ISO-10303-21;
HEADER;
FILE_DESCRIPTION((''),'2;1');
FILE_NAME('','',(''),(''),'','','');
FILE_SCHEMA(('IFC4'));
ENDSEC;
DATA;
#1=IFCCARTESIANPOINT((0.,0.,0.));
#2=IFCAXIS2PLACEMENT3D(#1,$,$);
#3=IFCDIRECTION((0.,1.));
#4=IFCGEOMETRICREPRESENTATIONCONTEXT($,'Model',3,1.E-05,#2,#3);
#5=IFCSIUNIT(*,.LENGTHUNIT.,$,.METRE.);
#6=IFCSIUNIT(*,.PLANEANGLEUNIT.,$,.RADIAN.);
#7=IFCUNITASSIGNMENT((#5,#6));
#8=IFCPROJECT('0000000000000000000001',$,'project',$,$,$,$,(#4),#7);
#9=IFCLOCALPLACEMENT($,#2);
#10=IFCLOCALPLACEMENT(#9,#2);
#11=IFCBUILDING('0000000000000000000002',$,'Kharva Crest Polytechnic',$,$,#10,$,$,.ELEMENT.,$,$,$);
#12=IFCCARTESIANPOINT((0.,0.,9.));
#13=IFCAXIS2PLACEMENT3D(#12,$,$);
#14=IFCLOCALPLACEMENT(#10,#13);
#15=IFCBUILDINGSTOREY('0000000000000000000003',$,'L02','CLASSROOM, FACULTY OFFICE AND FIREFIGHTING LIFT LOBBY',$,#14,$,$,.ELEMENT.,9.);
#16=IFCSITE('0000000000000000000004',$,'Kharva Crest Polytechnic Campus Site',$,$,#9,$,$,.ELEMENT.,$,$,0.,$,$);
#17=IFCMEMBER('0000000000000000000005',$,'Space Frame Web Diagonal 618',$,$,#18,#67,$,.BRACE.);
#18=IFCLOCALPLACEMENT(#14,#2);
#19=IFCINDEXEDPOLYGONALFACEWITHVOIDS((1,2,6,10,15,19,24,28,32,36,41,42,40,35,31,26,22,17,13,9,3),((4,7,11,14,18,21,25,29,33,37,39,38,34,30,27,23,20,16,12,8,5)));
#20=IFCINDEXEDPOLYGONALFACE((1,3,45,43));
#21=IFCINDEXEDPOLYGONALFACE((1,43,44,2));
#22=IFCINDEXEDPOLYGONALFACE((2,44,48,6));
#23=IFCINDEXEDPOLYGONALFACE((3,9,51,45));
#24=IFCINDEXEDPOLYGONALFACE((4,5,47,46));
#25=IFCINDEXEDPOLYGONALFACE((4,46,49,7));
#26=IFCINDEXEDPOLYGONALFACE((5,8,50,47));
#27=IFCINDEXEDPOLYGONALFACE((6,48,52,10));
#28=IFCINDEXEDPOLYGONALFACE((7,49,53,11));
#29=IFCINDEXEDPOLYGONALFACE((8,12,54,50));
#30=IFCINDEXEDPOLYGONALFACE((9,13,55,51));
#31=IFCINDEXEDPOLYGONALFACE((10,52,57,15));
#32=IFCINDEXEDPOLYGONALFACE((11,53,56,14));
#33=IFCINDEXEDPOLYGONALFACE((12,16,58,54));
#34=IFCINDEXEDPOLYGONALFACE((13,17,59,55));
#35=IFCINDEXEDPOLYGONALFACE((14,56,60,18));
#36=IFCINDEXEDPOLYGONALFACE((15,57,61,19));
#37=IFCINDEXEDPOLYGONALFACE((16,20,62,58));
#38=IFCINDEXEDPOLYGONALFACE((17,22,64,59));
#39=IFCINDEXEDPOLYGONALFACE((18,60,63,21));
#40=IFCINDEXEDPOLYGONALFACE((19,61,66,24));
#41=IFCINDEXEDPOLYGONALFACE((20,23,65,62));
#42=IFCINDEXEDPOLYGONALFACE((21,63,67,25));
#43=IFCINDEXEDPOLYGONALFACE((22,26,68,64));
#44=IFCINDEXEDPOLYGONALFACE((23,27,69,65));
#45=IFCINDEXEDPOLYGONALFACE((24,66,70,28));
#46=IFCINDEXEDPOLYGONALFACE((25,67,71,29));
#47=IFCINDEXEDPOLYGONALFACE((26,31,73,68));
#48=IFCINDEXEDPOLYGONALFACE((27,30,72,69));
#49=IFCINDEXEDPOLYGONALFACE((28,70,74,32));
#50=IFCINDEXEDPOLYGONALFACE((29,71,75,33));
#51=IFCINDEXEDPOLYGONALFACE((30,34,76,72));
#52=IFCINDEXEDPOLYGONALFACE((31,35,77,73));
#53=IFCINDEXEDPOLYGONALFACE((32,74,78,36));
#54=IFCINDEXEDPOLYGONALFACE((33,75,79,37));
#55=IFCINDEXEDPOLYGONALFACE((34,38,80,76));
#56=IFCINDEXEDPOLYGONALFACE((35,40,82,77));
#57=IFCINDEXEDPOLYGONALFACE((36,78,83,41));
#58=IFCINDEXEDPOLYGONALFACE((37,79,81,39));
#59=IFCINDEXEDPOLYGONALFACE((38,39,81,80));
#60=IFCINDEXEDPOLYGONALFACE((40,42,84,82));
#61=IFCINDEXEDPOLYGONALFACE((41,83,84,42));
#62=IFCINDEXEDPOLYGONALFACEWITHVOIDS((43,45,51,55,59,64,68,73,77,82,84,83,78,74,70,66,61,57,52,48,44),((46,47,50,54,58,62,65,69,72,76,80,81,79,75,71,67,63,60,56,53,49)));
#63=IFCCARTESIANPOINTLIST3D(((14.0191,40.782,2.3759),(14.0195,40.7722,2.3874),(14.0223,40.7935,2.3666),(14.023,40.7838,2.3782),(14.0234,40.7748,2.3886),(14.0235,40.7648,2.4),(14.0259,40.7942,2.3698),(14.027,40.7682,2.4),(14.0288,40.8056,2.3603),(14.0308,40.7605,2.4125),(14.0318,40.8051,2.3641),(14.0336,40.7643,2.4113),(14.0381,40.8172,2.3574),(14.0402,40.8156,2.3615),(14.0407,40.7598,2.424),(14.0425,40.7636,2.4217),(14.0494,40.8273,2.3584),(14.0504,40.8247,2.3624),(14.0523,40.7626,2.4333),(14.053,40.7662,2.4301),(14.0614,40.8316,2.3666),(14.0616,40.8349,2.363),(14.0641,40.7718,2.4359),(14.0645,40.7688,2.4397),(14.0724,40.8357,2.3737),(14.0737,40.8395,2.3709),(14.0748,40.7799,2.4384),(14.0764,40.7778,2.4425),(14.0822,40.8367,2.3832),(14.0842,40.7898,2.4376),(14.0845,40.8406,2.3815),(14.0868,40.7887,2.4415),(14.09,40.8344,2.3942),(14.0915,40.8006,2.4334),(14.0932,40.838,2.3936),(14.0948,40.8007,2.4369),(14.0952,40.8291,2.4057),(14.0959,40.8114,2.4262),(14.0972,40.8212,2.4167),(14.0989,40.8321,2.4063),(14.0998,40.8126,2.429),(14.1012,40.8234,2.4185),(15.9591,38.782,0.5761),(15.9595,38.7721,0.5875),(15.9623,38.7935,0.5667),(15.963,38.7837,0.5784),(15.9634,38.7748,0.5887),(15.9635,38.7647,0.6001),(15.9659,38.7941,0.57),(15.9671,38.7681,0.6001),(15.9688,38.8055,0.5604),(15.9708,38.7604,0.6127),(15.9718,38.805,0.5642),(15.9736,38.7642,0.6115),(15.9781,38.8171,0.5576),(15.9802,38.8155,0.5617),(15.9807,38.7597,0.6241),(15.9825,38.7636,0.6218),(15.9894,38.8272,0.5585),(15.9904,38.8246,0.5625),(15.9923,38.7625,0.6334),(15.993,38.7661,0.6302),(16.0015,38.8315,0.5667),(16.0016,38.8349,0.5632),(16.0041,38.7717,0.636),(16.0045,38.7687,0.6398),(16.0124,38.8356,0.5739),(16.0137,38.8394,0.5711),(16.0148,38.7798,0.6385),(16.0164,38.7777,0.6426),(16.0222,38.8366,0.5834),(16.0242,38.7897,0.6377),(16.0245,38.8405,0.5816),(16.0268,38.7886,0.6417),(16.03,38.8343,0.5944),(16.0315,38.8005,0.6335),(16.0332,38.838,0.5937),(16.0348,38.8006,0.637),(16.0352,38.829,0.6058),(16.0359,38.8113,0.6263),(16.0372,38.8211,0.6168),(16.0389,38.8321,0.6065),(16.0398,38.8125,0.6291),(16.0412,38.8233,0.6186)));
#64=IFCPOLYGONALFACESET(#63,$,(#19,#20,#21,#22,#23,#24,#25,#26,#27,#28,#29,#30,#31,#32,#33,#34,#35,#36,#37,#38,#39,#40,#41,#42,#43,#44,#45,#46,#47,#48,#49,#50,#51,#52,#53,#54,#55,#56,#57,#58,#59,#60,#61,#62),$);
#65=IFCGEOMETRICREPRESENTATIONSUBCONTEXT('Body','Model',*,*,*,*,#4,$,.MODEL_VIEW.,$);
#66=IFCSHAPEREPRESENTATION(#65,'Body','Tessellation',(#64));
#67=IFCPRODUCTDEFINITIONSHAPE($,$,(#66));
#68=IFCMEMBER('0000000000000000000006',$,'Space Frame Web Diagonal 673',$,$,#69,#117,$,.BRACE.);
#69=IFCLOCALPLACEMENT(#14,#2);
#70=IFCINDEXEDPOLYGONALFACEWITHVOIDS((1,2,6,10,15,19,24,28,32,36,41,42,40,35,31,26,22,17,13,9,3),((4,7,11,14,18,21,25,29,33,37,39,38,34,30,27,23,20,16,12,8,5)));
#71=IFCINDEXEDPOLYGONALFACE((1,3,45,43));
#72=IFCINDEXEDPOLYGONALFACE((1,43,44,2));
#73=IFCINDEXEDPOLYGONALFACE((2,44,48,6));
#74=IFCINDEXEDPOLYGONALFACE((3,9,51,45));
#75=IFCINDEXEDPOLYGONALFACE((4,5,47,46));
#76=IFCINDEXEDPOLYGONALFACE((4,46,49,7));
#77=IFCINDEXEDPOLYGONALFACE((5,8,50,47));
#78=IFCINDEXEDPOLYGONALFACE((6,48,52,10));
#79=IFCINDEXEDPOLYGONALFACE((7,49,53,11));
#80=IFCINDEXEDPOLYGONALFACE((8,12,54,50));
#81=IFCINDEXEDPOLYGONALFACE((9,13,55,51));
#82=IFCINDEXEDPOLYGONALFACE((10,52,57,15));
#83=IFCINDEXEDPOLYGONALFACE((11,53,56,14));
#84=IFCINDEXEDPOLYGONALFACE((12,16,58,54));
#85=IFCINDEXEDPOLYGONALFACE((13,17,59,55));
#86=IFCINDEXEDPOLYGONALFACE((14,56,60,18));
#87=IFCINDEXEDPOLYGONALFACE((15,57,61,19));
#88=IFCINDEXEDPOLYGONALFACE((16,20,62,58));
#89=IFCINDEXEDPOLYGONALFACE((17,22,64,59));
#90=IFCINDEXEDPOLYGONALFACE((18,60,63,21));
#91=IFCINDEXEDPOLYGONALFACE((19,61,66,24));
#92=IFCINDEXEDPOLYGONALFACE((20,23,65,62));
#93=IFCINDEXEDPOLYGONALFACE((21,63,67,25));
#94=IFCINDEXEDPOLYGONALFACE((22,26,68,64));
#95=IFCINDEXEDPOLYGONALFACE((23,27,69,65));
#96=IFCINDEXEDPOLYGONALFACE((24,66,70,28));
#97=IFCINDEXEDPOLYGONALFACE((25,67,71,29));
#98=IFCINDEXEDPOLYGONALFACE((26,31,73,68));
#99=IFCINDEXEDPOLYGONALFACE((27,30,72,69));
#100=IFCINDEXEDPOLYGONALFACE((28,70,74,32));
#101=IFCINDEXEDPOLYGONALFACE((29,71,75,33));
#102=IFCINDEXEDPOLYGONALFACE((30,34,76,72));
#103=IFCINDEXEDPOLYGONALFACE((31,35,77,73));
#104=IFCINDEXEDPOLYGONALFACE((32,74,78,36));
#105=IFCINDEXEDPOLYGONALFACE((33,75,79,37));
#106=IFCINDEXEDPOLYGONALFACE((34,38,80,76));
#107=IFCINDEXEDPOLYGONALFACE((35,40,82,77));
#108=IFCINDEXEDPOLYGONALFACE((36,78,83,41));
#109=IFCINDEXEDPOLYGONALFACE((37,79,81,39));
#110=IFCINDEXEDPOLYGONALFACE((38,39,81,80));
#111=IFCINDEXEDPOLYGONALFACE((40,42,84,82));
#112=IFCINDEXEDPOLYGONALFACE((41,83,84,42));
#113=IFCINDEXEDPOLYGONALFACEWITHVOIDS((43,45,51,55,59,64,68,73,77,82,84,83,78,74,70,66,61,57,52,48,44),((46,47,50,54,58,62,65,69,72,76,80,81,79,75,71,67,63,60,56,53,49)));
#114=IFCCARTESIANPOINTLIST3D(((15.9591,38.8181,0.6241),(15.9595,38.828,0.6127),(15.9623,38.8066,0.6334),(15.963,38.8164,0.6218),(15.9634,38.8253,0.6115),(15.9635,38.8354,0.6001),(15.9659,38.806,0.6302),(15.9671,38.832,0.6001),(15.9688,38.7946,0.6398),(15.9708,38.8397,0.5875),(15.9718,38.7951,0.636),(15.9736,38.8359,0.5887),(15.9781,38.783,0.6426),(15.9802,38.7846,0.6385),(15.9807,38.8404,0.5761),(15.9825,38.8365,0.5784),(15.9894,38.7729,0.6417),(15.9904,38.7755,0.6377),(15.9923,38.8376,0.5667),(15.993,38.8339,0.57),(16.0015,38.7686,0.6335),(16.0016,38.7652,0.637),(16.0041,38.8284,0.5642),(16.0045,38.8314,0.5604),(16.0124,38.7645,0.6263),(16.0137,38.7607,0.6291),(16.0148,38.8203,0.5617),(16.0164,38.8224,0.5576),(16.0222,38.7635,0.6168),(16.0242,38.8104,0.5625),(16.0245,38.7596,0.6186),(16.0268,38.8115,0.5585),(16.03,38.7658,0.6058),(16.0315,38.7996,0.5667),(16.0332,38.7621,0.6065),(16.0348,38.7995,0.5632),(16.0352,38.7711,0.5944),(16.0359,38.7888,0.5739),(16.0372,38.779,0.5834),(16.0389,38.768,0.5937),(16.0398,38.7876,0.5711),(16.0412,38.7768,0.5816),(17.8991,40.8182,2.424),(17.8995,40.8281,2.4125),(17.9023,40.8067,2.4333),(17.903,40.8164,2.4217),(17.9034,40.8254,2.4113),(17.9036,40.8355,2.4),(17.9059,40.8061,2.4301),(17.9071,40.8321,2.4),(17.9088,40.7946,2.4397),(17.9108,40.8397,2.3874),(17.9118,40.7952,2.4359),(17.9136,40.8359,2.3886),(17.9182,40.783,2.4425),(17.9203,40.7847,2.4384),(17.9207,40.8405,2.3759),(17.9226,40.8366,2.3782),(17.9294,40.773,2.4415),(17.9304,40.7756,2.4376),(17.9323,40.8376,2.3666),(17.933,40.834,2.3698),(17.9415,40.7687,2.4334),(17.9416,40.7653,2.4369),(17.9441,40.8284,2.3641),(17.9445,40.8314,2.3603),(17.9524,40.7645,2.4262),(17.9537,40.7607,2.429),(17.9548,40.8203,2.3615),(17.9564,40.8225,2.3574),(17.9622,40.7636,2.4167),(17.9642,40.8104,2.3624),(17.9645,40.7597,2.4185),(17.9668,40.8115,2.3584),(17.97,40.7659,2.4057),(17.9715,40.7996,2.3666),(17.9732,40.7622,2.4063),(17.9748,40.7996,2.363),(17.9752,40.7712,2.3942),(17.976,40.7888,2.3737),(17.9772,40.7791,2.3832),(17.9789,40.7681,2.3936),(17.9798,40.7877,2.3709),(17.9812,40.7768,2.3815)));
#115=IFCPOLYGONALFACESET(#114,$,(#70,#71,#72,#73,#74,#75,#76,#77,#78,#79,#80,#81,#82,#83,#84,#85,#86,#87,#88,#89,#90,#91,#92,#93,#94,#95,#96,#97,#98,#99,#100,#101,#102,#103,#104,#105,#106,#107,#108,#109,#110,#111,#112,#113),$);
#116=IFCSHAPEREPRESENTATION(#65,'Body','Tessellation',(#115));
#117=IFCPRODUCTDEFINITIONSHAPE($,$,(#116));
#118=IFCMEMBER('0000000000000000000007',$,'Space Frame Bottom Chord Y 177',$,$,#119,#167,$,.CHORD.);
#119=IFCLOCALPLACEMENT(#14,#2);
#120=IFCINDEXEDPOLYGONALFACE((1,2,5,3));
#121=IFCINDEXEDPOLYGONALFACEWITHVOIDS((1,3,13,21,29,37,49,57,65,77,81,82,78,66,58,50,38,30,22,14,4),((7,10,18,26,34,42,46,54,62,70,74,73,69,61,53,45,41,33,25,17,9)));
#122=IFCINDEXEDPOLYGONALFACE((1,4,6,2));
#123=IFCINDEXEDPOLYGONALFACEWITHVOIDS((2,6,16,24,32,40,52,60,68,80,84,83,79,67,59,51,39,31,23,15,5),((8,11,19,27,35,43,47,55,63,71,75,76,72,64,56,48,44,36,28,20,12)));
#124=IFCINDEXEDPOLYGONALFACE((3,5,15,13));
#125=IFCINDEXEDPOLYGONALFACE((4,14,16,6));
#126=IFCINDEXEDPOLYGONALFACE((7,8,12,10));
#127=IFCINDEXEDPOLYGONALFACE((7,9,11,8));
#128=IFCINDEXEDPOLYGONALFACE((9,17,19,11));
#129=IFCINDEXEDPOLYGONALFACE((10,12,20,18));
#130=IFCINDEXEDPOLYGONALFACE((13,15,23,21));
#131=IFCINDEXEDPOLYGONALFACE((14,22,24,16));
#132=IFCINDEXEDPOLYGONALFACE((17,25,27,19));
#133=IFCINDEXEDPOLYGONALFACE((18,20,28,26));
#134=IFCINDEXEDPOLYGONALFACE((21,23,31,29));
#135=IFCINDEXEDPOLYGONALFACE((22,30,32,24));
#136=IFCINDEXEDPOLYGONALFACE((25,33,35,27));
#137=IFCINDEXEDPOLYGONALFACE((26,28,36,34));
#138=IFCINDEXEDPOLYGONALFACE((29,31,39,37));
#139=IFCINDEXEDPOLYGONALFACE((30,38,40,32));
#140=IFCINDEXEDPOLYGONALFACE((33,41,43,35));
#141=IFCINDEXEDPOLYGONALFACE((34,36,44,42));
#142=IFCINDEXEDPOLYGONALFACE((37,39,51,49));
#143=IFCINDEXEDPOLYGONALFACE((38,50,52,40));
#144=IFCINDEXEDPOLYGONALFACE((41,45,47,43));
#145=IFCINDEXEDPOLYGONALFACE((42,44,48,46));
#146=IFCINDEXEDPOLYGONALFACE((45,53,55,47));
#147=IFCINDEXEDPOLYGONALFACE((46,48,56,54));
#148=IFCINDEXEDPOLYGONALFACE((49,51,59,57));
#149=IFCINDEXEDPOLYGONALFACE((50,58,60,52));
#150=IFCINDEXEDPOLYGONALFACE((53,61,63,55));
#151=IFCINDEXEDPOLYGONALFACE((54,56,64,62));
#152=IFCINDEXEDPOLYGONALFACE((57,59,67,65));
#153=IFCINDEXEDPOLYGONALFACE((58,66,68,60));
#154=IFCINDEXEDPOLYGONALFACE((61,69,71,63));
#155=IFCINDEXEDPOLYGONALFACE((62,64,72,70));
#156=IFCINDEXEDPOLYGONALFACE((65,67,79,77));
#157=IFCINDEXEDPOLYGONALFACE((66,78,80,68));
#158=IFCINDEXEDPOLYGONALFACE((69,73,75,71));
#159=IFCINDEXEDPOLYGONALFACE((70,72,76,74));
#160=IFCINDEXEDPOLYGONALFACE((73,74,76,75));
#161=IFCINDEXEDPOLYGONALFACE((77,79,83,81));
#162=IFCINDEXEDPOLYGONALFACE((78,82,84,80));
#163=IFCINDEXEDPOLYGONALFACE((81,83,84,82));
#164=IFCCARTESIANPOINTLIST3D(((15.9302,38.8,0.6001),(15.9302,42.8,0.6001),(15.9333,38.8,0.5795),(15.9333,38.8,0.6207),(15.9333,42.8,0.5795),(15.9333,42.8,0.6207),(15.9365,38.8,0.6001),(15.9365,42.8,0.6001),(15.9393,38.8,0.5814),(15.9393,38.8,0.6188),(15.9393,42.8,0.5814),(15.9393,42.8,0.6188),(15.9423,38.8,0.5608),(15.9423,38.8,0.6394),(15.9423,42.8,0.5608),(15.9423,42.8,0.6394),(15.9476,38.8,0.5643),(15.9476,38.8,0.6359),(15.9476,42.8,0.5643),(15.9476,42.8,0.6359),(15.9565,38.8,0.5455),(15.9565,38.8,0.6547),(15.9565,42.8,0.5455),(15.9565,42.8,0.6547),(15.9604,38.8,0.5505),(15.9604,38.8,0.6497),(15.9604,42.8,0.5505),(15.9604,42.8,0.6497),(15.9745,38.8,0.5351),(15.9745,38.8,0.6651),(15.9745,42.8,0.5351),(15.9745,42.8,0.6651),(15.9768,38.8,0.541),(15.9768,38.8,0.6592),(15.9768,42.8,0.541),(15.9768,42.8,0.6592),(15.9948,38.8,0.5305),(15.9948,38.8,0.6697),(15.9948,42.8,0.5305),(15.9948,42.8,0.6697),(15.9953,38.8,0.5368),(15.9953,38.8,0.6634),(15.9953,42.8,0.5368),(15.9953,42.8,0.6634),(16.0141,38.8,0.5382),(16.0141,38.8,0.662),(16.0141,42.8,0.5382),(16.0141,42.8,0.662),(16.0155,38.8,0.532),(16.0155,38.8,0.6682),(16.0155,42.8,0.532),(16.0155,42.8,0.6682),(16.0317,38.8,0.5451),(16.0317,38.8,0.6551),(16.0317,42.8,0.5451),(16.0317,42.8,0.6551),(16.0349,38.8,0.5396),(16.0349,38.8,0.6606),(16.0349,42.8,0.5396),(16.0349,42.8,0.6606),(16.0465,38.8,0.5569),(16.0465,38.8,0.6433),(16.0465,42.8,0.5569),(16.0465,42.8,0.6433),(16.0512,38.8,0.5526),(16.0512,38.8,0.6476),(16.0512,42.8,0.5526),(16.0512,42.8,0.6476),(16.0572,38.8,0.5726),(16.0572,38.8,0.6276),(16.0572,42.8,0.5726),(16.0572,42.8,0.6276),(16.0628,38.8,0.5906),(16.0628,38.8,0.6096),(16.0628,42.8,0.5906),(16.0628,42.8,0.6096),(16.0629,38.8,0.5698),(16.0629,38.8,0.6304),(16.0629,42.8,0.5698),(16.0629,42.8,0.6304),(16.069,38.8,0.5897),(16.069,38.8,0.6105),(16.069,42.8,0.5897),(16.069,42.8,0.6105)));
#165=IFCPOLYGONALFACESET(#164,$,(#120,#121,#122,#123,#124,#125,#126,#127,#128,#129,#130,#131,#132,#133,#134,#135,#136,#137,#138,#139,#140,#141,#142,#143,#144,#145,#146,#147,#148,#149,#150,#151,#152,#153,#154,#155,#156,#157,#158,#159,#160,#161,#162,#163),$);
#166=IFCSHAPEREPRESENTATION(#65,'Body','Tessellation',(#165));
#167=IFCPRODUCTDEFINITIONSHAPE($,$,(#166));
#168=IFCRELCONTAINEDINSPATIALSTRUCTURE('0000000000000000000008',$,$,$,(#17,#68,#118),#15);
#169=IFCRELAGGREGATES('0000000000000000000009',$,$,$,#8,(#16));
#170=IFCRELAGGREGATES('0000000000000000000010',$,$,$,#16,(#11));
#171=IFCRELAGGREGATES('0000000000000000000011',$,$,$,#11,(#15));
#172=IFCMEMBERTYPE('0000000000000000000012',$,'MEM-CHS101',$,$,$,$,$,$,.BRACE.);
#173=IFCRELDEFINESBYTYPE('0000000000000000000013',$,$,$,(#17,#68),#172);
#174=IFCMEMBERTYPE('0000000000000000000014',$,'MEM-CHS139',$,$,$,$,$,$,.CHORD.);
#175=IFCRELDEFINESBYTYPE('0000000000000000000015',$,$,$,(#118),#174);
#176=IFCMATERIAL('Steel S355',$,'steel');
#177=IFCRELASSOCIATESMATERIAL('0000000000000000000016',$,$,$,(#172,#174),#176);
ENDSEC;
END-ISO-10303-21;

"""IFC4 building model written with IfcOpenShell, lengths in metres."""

from ifc_helpers import new_model, si_unit, direction, frame, origin, origin_2d, place, context, subcontext, project, spatial, hollow_circle, extrude, material, material_profile, profile_set, type_object, element, save


model = new_model("IFC4")

# Units and contexts
model_context = context("Model", 3, precision=1e-05, world=origin(), true_north=direction((0.0, 1.0)))
body_context = subcontext(model_context, "Body", "Model", "MODEL_VIEW")
ifc_project = project(units=[si_unit("LENGTHUNIT", "METRE"), si_unit("PLANEANGLEUNIT", "RADIAN")], contexts=[model_context])

# Site, building, storey
site_placement = place(None, origin())
site = spatial("IfcSite", under=ifc_project, at=site_placement, Name="Kharva Crest Polytechnic Campus Site", CompositionType="ELEMENT", RefElevation=0.0)
building_placement = place(site_placement, origin())
building = spatial("IfcBuilding", under=site, at=building_placement, Name="Kharva Crest Polytechnic", CompositionType="ELEMENT")
storey_placement = place(building_placement, frame((0.0, 0.0, 9.0)))
storey = spatial("IfcBuildingStorey", under=building, at=storey_placement, Name="L02", Description="CLASSROOM, FACULTY OFFICE AND FIREFIGHTING LIFT LOBBY", CompositionType="ELEMENT", Elevation=9.0)

# Shared definitions
ifc_material_1 = material(Name="Steel S355", Category="steel")

# Members
ifc_material_profile_1 = material_profile(ifc_material_1, hollow_circle(Radius=0.0508, WallThickness=0.0049, at=origin_2d()), Name="CHS 101.6X5.0")
ifc_profile_set_1 = profile_set([ifc_material_profile_1], Name="Steel S355")
member_type_1 = type_object("IfcMemberType", Name="MEM-CHS101", PredefinedType="BRACE", material=ifc_profile_set_1)
for number, where, z_axis, x_axis, name in (
    (1, (16.0, 38.8, 0.6001), (-0.584843, 0.60295, 0.542596), (-0.717802, -0.696247, 0.0), "Space Frame Web Diagonal 618"),
    (2, (16.0, 38.8, 0.6001), (0.584843, 0.60295, 0.542596), (-0.717802, 0.696247, 0.0), "Space Frame Web Diagonal 673"),
):
    element("IfcMember", number, at=place(storey_placement, frame(where, z_axis=z_axis, x_axis=x_axis)), inside=storey, type_object=member_type_1, Name=name, PredefinedType="BRACE", context=body_context, shape_type="SweptSolid", body=[
        extrude(hollow_circle(Radius=0.0508, WallThickness=0.0049, at=origin_2d()), origin(), (0.0, 0.0, 1.0), 3.3171),
    ])
ifc_material_profile_2 = material_profile(ifc_material_1, hollow_circle(Radius=0.0698, WallThickness=0.0063, at=origin_2d()), Name="CHS 139.7X6.3")
ifc_profile_set_2 = profile_set([ifc_material_profile_2], Name="Steel S355")
member_type_2 = type_object("IfcMemberType", Name="MEM-CHS139", PredefinedType="CHORD", material=ifc_profile_set_2)
member_1_placement = place(storey_placement, frame((16.0, 38.8, 0.6001), z_axis=(0.0, 1.0, 0.0), x_axis=(-1.0, 0.0, 0.0)))
element("IfcMember", 3, at=member_1_placement, inside=storey, type_object=member_type_2, Name="Space Frame Bottom Chord Y 177", PredefinedType="CHORD", context=body_context, shape_type="SweptSolid", body=[
    extrude(hollow_circle(Radius=0.0698, WallThickness=0.0063, at=origin_2d()), origin(), (0.0, 0.0, 1.0), 4.0),
])

save(model, "model.ifc")
